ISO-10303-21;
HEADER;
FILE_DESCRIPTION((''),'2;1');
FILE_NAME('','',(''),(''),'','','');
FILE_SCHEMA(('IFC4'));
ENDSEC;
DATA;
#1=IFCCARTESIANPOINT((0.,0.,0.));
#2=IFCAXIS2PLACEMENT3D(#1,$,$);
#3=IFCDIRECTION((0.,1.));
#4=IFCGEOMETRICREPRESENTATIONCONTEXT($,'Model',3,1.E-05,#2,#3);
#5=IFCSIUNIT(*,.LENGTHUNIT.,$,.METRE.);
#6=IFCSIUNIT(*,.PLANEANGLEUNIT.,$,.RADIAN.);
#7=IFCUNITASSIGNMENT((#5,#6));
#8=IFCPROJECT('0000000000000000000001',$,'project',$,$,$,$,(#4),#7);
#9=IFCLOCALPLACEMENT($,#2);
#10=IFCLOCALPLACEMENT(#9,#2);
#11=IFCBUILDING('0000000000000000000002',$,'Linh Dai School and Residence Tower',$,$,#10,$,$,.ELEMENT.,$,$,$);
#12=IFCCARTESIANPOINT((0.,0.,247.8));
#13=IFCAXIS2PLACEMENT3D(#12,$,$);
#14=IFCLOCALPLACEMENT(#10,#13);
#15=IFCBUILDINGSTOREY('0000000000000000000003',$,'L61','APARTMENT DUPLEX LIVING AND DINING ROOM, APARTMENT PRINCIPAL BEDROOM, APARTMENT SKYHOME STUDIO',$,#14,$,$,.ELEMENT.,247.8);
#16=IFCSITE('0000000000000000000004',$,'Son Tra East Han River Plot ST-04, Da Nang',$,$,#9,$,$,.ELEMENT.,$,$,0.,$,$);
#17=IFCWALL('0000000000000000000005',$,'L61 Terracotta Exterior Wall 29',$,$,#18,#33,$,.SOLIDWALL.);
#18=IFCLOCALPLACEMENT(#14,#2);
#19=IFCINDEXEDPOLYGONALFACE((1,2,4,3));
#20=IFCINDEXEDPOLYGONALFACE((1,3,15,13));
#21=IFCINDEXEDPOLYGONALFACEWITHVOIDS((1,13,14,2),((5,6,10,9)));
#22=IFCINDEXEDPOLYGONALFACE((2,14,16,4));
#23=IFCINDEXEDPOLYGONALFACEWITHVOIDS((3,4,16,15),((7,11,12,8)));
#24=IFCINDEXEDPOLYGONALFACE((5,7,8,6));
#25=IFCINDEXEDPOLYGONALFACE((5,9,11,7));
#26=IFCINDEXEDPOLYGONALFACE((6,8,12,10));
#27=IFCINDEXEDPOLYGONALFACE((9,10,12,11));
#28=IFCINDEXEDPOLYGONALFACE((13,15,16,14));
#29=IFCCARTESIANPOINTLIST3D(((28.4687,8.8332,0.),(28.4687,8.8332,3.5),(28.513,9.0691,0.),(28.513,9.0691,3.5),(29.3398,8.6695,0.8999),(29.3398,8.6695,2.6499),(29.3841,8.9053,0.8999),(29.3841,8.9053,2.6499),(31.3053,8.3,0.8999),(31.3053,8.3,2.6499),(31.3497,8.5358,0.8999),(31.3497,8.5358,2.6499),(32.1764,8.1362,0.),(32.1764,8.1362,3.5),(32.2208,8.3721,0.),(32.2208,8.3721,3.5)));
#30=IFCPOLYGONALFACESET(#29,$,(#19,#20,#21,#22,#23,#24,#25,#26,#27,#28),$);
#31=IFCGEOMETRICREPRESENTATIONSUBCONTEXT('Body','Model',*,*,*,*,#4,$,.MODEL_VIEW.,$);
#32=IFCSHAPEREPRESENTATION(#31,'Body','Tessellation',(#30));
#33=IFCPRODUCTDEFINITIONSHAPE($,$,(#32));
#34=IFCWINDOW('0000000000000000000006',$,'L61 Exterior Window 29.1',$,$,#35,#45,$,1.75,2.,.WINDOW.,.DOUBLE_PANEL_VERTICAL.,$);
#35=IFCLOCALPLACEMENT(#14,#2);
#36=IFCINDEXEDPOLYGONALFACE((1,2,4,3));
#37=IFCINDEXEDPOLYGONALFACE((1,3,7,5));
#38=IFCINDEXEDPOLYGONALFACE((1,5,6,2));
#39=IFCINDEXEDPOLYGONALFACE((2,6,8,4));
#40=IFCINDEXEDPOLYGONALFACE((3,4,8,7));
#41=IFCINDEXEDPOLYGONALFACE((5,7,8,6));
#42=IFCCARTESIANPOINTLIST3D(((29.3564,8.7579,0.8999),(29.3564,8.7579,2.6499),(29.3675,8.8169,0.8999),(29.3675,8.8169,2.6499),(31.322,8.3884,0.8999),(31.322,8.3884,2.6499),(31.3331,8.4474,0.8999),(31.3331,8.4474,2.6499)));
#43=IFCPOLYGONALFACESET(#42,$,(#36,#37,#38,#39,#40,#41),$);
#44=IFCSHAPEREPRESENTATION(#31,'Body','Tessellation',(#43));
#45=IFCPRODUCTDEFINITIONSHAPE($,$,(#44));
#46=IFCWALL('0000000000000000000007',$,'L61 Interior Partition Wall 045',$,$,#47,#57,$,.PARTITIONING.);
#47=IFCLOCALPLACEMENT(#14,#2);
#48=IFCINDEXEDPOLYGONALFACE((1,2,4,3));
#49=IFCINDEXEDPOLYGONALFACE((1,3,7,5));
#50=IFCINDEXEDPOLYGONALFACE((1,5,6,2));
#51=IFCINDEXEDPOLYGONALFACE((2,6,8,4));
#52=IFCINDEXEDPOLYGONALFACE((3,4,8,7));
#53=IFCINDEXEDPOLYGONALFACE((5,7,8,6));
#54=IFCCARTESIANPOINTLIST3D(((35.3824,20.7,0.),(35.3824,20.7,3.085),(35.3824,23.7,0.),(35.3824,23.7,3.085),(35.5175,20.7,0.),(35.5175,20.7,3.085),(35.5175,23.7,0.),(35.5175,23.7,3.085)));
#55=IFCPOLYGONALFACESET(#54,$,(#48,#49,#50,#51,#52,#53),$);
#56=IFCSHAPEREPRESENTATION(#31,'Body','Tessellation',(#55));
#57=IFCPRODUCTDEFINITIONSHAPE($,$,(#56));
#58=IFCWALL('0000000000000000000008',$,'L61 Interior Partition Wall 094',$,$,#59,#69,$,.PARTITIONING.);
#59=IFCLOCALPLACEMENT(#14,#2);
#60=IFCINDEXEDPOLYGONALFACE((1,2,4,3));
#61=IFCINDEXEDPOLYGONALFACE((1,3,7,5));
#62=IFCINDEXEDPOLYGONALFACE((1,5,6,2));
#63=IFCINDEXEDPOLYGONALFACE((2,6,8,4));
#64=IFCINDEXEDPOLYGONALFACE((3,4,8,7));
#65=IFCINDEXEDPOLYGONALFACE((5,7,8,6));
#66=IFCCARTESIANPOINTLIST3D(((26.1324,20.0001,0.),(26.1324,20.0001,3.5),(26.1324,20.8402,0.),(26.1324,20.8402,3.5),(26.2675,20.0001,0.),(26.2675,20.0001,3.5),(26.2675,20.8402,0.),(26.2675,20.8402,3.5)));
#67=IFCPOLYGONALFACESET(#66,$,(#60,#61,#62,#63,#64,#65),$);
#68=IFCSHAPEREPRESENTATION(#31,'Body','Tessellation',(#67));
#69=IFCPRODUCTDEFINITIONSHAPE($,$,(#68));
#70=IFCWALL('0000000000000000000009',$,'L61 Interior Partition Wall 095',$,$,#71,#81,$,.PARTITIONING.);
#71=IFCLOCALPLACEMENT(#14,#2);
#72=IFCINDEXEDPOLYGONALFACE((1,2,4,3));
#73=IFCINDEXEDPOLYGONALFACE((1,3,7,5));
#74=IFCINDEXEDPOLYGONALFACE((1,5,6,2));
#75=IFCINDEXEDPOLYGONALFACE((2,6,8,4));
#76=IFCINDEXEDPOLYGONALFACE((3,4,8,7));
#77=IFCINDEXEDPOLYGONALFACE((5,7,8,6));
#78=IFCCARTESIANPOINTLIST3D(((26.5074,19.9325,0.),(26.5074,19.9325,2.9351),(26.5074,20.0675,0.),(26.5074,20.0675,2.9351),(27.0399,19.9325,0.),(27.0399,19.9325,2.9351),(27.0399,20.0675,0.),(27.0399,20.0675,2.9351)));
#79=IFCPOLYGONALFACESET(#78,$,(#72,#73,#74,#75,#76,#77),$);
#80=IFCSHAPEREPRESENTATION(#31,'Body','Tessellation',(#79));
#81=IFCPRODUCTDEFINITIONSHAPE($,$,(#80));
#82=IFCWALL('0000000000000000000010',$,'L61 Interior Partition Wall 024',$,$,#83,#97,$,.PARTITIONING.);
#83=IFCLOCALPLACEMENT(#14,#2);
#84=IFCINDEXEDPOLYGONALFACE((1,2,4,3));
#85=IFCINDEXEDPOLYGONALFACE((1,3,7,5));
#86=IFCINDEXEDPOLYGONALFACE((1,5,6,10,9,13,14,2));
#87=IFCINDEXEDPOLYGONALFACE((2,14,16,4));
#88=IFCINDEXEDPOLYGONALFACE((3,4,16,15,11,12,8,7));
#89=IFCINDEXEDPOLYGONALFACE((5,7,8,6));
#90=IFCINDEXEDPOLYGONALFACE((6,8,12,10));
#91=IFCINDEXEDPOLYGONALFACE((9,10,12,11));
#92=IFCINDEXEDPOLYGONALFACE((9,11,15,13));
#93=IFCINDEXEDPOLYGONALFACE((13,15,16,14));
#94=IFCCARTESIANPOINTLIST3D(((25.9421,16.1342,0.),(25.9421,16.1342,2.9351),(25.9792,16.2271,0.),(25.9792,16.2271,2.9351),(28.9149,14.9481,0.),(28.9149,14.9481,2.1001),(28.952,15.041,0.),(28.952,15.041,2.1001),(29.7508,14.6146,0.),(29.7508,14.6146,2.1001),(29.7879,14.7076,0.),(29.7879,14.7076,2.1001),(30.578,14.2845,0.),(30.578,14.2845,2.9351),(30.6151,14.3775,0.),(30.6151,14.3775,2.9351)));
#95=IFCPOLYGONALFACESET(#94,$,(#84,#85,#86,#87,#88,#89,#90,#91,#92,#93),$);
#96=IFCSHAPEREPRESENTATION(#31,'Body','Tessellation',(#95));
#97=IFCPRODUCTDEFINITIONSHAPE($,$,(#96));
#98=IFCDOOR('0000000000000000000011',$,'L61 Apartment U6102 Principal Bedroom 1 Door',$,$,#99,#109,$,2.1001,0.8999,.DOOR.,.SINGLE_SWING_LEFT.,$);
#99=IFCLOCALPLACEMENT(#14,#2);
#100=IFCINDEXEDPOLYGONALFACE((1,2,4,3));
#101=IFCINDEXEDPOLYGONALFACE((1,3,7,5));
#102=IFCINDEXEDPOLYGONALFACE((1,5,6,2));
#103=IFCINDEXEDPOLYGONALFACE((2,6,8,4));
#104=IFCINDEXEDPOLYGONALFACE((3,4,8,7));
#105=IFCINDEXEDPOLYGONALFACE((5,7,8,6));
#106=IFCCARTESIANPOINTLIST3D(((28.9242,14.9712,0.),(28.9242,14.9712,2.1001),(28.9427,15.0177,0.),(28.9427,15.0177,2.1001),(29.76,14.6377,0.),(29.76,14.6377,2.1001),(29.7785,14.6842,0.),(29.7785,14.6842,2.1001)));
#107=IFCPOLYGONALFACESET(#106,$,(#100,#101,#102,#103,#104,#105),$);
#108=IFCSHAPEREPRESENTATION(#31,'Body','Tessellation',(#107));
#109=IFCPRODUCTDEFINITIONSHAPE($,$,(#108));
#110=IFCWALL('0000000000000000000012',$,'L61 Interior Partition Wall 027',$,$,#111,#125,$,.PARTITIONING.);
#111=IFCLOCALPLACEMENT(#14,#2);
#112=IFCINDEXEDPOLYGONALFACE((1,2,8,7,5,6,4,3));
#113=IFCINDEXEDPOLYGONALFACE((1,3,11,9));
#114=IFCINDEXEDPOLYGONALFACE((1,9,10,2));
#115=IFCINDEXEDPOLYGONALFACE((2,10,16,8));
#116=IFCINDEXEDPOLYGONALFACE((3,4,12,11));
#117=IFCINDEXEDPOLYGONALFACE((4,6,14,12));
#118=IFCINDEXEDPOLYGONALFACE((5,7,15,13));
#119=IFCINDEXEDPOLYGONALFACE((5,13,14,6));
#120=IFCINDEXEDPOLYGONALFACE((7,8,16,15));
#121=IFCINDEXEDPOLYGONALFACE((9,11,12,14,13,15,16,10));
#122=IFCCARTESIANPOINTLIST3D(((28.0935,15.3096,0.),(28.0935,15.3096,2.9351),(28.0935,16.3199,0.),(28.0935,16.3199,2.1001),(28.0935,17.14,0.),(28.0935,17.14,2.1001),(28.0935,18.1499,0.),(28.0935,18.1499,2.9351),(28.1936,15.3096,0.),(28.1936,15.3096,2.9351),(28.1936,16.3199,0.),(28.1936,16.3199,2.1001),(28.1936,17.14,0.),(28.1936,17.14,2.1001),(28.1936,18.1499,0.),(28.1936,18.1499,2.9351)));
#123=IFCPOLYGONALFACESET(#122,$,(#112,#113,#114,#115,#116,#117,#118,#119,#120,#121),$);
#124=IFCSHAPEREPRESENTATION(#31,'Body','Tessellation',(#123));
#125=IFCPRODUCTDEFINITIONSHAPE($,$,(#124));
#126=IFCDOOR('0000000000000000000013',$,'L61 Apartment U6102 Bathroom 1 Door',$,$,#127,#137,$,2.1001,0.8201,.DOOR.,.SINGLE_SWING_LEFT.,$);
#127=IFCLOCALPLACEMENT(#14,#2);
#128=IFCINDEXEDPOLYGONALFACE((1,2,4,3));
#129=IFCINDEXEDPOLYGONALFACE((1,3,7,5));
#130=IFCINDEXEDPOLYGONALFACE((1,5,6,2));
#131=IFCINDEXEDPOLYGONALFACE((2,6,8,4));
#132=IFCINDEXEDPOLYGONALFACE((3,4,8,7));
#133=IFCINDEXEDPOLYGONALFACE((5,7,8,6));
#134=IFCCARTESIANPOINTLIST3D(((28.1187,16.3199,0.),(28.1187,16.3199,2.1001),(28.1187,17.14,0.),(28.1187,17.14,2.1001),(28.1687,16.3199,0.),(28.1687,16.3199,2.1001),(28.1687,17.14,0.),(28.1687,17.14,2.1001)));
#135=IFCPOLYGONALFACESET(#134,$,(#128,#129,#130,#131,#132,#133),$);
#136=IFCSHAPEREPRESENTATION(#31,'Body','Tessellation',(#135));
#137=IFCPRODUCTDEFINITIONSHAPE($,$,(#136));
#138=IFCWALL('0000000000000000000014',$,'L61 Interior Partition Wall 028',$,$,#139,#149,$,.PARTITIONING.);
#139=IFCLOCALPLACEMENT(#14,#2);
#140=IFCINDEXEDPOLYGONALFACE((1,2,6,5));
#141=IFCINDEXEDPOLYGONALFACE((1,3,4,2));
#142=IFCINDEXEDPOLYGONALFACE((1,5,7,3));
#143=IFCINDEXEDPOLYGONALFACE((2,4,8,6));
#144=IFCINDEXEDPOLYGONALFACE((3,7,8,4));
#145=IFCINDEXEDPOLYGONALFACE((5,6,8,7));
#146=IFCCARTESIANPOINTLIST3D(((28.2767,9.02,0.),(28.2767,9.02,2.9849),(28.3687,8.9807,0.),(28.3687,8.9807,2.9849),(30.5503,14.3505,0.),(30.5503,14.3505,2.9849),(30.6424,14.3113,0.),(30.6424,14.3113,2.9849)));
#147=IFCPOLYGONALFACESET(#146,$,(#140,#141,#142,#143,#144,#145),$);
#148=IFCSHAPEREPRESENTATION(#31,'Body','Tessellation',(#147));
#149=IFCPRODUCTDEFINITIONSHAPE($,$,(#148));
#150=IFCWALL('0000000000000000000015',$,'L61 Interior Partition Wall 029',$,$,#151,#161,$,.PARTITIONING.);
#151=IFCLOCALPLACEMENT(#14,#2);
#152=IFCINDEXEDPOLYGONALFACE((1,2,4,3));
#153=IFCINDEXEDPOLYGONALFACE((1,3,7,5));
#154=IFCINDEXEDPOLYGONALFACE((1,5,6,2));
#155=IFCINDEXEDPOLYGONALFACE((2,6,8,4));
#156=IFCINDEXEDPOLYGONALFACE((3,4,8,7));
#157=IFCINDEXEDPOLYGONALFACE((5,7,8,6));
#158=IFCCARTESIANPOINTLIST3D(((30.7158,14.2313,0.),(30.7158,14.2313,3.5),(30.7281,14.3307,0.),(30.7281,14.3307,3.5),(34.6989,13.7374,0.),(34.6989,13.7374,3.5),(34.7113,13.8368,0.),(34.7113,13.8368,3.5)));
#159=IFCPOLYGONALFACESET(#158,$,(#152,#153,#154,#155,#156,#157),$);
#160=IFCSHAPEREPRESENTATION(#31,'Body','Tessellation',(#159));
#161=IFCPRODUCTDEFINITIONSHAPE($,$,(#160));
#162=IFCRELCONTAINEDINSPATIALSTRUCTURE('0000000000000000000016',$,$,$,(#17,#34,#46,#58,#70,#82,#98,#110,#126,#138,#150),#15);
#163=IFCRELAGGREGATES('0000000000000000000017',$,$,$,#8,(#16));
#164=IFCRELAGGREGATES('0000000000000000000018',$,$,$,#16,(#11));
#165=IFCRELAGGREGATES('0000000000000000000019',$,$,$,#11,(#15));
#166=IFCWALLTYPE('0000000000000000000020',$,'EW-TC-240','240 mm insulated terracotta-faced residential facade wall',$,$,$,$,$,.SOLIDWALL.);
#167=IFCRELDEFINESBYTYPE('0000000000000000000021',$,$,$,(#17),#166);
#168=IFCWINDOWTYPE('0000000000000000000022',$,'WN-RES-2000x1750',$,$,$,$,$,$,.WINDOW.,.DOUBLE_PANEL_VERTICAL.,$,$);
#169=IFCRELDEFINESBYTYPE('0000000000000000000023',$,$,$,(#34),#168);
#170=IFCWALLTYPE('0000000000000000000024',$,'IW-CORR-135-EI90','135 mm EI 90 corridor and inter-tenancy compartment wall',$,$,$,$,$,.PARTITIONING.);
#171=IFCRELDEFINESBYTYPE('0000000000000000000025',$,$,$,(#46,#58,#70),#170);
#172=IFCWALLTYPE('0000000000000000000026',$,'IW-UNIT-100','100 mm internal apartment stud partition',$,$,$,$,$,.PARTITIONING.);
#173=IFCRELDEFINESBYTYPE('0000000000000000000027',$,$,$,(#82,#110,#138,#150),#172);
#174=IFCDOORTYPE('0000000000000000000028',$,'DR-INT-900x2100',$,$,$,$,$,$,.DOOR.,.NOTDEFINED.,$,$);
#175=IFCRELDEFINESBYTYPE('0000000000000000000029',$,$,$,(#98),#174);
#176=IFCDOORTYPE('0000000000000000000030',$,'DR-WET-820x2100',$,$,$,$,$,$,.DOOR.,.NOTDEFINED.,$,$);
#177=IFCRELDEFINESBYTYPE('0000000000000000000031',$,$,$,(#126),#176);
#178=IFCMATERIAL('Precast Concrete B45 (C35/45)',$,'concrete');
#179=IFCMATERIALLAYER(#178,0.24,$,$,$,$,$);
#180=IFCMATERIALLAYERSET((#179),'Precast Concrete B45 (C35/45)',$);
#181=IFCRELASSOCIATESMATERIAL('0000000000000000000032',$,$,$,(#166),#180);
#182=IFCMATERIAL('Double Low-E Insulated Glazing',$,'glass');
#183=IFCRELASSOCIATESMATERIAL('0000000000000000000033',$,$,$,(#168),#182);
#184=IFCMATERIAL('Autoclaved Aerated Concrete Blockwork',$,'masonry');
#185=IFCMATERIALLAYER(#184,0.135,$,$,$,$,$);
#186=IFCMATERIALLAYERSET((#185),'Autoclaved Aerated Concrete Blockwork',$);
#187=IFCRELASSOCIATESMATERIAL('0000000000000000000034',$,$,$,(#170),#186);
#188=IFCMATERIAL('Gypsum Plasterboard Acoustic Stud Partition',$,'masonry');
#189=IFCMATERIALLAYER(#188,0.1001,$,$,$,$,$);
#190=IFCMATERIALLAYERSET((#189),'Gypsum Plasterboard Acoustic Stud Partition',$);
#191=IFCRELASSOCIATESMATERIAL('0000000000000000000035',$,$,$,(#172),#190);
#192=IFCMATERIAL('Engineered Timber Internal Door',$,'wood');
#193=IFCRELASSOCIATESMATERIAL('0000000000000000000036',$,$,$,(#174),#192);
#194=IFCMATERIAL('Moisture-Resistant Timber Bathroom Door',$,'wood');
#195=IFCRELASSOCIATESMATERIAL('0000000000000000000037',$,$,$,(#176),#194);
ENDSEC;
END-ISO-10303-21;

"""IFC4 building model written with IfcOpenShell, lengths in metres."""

from ifc_helpers import new_model, si_unit, direction, frame, frame_2d, origin, origin_2d, place, context, subcontext, project, spatial, rectangle, extrude, source, transform, mapped, material, layer, layer_set, type_object, element, fill, save


model = new_model("IFC4")

# Units and contexts
model_context = context("Model", 3, precision=1e-05, world=origin(), true_north=direction((0.0, 1.0)))
body_context = subcontext(model_context, "Body", "Model", "MODEL_VIEW")
ifc_project = project(units=[si_unit("LENGTHUNIT", "METRE"), si_unit("PLANEANGLEUNIT", "RADIAN")], contexts=[model_context])

# Site, building, storey
site_placement = place(None, origin())
site = spatial("IfcSite", under=ifc_project, at=site_placement, Name="Son Tra East Han River Plot ST-04, Da Nang", CompositionType="ELEMENT", RefElevation=0.0)
building_placement = place(site_placement, origin())
building = spatial("IfcBuilding", under=site, at=building_placement, Name="Linh Dai School and Residence Tower", CompositionType="ELEMENT")
storey_placement = place(building_placement, frame((0.0, 0.0, 247.8)))
storey = spatial("IfcBuildingStorey", under=building, at=storey_placement, Name="L61", Description="APARTMENT DUPLEX LIVING AND DINING ROOM, APARTMENT PRINCIPAL BEDROOM, APARTMENT SKYHOME STUDIO", CompositionType="ELEMENT", Elevation=247.8)

# Shared definitions
ifc_material_1 = material(Name="Precast Concrete B45 (C35/45)", Category="concrete")

# Wall, opening, window
ifc_layer_1 = layer(ifc_material_1, 0.24)
ifc_layer_set_1 = layer_set([ifc_layer_1], Name="Precast Concrete B45 (C35/45)")
wall_type_1 = type_object("IfcWallType", Name="EW-TC-240", Description="240 mm insulated terracotta-faced residential facade wall", PredefinedType="SOLIDWALL", material=ifc_layer_set_1)
ifc_material_2 = material(Name="Double Low-E Insulated Glazing", Category="glass")
wall_1_placement = place(storey_placement, frame((32.1985, 8.2542, 0.0), z_axis=(0.0, 0.0, 1.0), x_axis=(-0.982785, 0.184753, 0.0)))
wall_1 = element("IfcWall", 1, at=wall_1_placement, inside=storey, type_object=wall_type_1, Name="L61 Terracotta Exterior Wall 29", PredefinedType="SOLIDWALL", context=body_context, shape_type="SweptSolid", body=[
    extrude(rectangle(XDim=3.7727, YDim=0.24, at=frame_2d((1.8862, 0.0))), origin(), (0.0, 0.0, 1.0), 3.5),
])
opening_1_placement = place(wall_1_placement, frame((0.8862, 0.0, 0.8999)))
opening_1 = element("IfcOpeningElement", 2, at=opening_1_placement, cuts=wall_1, PredefinedType="OPENING", context=body_context, shape_type="SweptSolid", body=[
    extrude(rectangle(XDim=2.0, YDim=1.75, at=origin_2d()), frame((1.0, 0.1299, 0.875), z_axis=(0.0, -1.0, 0.0), x_axis=(1.0, 0.0, 0.0)), (0.0, 0.0, 1.0), 0.26),
])
window_type_1 = type_object("IfcWindowType", Name="WN-RES-2000x1750", PartitioningType="DOUBLE_PANEL_VERTICAL", PredefinedType="WINDOW", material=ifc_material_2)
shared_shape_1 = source(origin(), body_context, "Body", "SweptSolid", [
    extrude(rectangle(XDim=2.0, YDim=1.75, at=origin_2d()), frame((1.0, 0.03, 0.875), z_axis=(0.0, -1.0, 0.0), x_axis=(1.0, 0.0, 0.0)), (0.0, 0.0, 1.0), 0.0601),
])
window_1_placement = place(opening_1_placement, origin())
window_1 = element("IfcWindow", 3, at=window_1_placement, inside=storey, type_object=window_type_1, Name="L61 Exterior Window 29.1", OverallHeight=1.75, OverallWidth=2.0, PartitioningType="DOUBLE_PANEL_VERTICAL", PredefinedType="WINDOW", context=body_context, shape_type="MappedRepresentation", body=[
    mapped(shared_shape_1, transform((0.0, 0.0, 0.0), x_axis=(1.0, 0.0, 0.0), y_axis=(0.0, 1.0, 0.0), z_axis=(0.0, 0.0, 1.0), scale=1.0)),
])
fill(opening_1, window_1)

# Walls
ifc_material_3 = material(Name="Autoclaved Aerated Concrete Blockwork", Category="masonry")
ifc_layer_2 = layer(ifc_material_3, 0.135)
ifc_layer_set_2 = layer_set([ifc_layer_2], Name="Autoclaved Aerated Concrete Blockwork")
wall_type_2 = type_object("IfcWallType", Name="IW-CORR-135-EI90", Description="135 mm EI 90 corridor and inter-tenancy compartment wall", PredefinedType="PARTITIONING", material=ifc_layer_set_2)
wall_2_placement = place(storey_placement, frame((35.45, 20.7, 0.0), z_axis=(0.0, 0.0, 1.0), x_axis=(0.0, 1.0, 0.0)))
element("IfcWall", 4, at=wall_2_placement, inside=storey, type_object=wall_type_2, Name="L61 Interior Partition Wall 045", PredefinedType="PARTITIONING", context=body_context, shape_type="SweptSolid", body=[
    extrude(rectangle(XDim=3.0, YDim=0.135, at=frame_2d((1.5, 0.0))), origin(), (0.0, 0.0, 1.0), 3.085),
])
wall_3_placement = place(storey_placement, frame((26.2, 20.8401, 0.0), z_axis=(0.0, 0.0, 1.0), x_axis=(0.0, -1.0, 0.0)))
element("IfcWall", 5, at=wall_3_placement, inside=storey, type_object=wall_type_2, Name="L61 Interior Partition Wall 094", PredefinedType="PARTITIONING", context=body_context, shape_type="SweptSolid", body=[
    extrude(rectangle(XDim=0.8401, YDim=0.135, at=frame_2d((0.4199, 0.0))), origin(), (0.0, 0.0, 1.0), 3.5),
])
wall_4_placement = place(storey_placement, frame((26.5076, 20.0, 0.0), z_axis=(0.0, 0.0, 1.0), x_axis=(1.0, 0.0, 0.0)))
element("IfcWall", 6, at=wall_4_placement, inside=storey, type_object=wall_type_2, Name="L61 Interior Partition Wall 095", PredefinedType="PARTITIONING", context=body_context, shape_type="SweptSolid", body=[
    extrude(rectangle(XDim=0.5325, YDim=0.135, at=frame_2d((0.2661, 0.0))), origin(), (0.0, 0.0, 1.0), 2.9351),
])

# Walls, openings, doors
ifc_material_4 = material(Name="Gypsum Plasterboard Acoustic Stud Partition", Category="masonry")
ifc_layer_3 = layer(ifc_material_4, 0.1001)
ifc_layer_set_3 = layer_set([ifc_layer_3], Name="Gypsum Plasterboard Acoustic Stud Partition")
wall_type_3 = type_object("IfcWallType", Name="IW-UNIT-100", Description="100 mm internal apartment stud partition", PredefinedType="PARTITIONING", material=ifc_layer_set_3)
wall_5_placement = place(storey_placement, frame((25.9607, 16.1807, 0.0), z_axis=(0.0, 0.0, 1.0), x_axis=(0.9288, -0.370581, 0.0)))
wall_5 = element("IfcWall", 7, at=wall_5_placement, inside=storey, type_object=wall_type_3, Name="L61 Interior Partition Wall 024", PredefinedType="PARTITIONING", context=body_context, shape_type="SweptSolid", body=[
    extrude(rectangle(XDim=4.9912, YDim=0.1001, at=frame_2d((2.4956, 0.0))), origin(), (0.0, 0.0, 1.0), 2.9351),
])
opening_2_placement = place(wall_5_placement, frame((3.2007, 0.0, 0.0)))
opening_2 = element("IfcOpeningElement", 8, at=opening_2_placement, cuts=wall_5, PredefinedType="OPENING", context=body_context, shape_type="SweptSolid", body=[
    extrude(rectangle(XDim=0.8999, YDim=2.1001, at=origin_2d()), frame((0.45, 0.0601, 1.05), z_axis=(0.0, -1.0, 0.0), x_axis=(1.0, 0.0, 0.0)), (0.0, 0.0, 1.0), 0.1201),
])
ifc_material_5 = material(Name="Engineered Timber Internal Door", Category="wood")
door_type_1 = type_object("IfcDoorType", Name="DR-INT-900x2100", OperationType="NOTDEFINED", PredefinedType="DOOR", material=ifc_material_5)
shared_shape_2 = source(origin(), body_context, "Body", "SweptSolid", [
    extrude(rectangle(XDim=0.8999, YDim=2.1001, at=origin_2d()), frame((0.45, 0.0249, 1.05), z_axis=(0.0, -1.0, 0.0), x_axis=(1.0, 0.0, 0.0)), (0.0, 0.0, 1.0), 0.05),
])
door_1_placement = place(opening_2_placement, origin())
door_1 = element("IfcDoor", 9, at=door_1_placement, inside=storey, type_object=door_type_1, Name="L61 Apartment U6102 Principal Bedroom 1 Door", OperationType="SINGLE_SWING_LEFT", OverallHeight=2.1001, OverallWidth=0.8999, PredefinedType="DOOR", context=body_context, shape_type="MappedRepresentation", body=[
    mapped(shared_shape_2, transform((0.0, 0.0, 0.0), x_axis=(1.0, 0.0, 0.0), y_axis=(0.0, 1.0, 0.0), z_axis=(0.0, 0.0, 1.0), scale=1.0)),
])
fill(opening_2, door_1)
wall_6_placement = place(storey_placement, frame((28.1436, 15.3096, 0.0), z_axis=(0.0, 0.0, 1.0), x_axis=(0.0, 1.0, 0.0)))
wall_6 = element("IfcWall", 10, at=wall_6_placement, inside=storey, type_object=wall_type_3, Name="L61 Interior Partition Wall 027", PredefinedType="PARTITIONING", context=body_context, shape_type="SweptSolid", body=[
    extrude(rectangle(XDim=2.8403, YDim=0.1001, at=frame_2d((1.4202, 0.0))), origin(), (0.0, 0.0, 1.0), 2.9351),
])
opening_3_placement = place(wall_6_placement, frame((1.0103, 0.0, 0.0)))
opening_3 = element("IfcOpeningElement", 11, at=opening_3_placement, cuts=wall_6, PredefinedType="OPENING", context=body_context, shape_type="SweptSolid", body=[
    extrude(rectangle(XDim=0.8201, YDim=2.1001, at=origin_2d()), frame((0.4102, 0.0601, 1.05), z_axis=(0.0, -1.0, 0.0), x_axis=(1.0, 0.0, 0.0)), (0.0, 0.0, 1.0), 0.1201),
])
ifc_material_6 = material(Name="Moisture-Resistant Timber Bathroom Door", Category="wood")
door_type_2 = type_object("IfcDoorType", Name="DR-WET-820x2100", OperationType="NOTDEFINED", PredefinedType="DOOR", material=ifc_material_6)
shared_shape_3 = source(origin(), body_context, "Body", "SweptSolid", [
    extrude(rectangle(XDim=0.8201, YDim=2.1001, at=origin_2d()), frame((0.4102, 0.0249, 1.05), z_axis=(0.0, -1.0, 0.0), x_axis=(1.0, 0.0, 0.0)), (0.0, 0.0, 1.0), 0.05),
])
door_2_placement = place(opening_3_placement, origin())
door_2 = element("IfcDoor", 12, at=door_2_placement, inside=storey, type_object=door_type_2, Name="L61 Apartment U6102 Bathroom 1 Door", OperationType="SINGLE_SWING_LEFT", OverallHeight=2.1001, OverallWidth=0.8201, PredefinedType="DOOR", context=body_context, shape_type="MappedRepresentation", body=[
    mapped(shared_shape_3, transform((0.0, 0.0, 0.0), x_axis=(1.0, 0.0, 0.0), y_axis=(0.0, 1.0, 0.0), z_axis=(0.0, 0.0, 1.0), scale=1.0)),
])
fill(opening_3, door_2)

# Walls
wall_7_placement = place(storey_placement, frame((28.3228, 9.0005, 0.0), z_axis=(0.0, 0.0, 1.0), x_axis=(0.392337, 0.919821, 0.0)))
element("IfcWall", 13, at=wall_7_placement, inside=storey, type_object=wall_type_3, Name="L61 Interior Partition Wall 028", PredefinedType="PARTITIONING", context=body_context, shape_type="SweptSolid", body=[
    extrude(rectangle(XDim=5.7952, YDim=0.1001, at=frame_2d((2.8975, 0.0))), origin(), (0.0, 0.0, 1.0), 2.9849),
])
wall_8_placement = place(storey_placement, frame((30.7219, 14.281, 0.0), z_axis=(0.0, 0.0, 1.0), x_axis=(0.9924, -0.123054, 0.0)))
element("IfcWall", 14, at=wall_8_placement, inside=storey, type_object=wall_type_3, Name="L61 Interior Partition Wall 029", PredefinedType="PARTITIONING", context=body_context, shape_type="SweptSolid", body=[
    extrude(rectangle(XDim=4.0137, YDim=0.1001, at=frame_2d((2.0068, 0.0))), origin(), (0.0, 0.0, 1.0), 3.5),
])

save(model, "model.ifc")
